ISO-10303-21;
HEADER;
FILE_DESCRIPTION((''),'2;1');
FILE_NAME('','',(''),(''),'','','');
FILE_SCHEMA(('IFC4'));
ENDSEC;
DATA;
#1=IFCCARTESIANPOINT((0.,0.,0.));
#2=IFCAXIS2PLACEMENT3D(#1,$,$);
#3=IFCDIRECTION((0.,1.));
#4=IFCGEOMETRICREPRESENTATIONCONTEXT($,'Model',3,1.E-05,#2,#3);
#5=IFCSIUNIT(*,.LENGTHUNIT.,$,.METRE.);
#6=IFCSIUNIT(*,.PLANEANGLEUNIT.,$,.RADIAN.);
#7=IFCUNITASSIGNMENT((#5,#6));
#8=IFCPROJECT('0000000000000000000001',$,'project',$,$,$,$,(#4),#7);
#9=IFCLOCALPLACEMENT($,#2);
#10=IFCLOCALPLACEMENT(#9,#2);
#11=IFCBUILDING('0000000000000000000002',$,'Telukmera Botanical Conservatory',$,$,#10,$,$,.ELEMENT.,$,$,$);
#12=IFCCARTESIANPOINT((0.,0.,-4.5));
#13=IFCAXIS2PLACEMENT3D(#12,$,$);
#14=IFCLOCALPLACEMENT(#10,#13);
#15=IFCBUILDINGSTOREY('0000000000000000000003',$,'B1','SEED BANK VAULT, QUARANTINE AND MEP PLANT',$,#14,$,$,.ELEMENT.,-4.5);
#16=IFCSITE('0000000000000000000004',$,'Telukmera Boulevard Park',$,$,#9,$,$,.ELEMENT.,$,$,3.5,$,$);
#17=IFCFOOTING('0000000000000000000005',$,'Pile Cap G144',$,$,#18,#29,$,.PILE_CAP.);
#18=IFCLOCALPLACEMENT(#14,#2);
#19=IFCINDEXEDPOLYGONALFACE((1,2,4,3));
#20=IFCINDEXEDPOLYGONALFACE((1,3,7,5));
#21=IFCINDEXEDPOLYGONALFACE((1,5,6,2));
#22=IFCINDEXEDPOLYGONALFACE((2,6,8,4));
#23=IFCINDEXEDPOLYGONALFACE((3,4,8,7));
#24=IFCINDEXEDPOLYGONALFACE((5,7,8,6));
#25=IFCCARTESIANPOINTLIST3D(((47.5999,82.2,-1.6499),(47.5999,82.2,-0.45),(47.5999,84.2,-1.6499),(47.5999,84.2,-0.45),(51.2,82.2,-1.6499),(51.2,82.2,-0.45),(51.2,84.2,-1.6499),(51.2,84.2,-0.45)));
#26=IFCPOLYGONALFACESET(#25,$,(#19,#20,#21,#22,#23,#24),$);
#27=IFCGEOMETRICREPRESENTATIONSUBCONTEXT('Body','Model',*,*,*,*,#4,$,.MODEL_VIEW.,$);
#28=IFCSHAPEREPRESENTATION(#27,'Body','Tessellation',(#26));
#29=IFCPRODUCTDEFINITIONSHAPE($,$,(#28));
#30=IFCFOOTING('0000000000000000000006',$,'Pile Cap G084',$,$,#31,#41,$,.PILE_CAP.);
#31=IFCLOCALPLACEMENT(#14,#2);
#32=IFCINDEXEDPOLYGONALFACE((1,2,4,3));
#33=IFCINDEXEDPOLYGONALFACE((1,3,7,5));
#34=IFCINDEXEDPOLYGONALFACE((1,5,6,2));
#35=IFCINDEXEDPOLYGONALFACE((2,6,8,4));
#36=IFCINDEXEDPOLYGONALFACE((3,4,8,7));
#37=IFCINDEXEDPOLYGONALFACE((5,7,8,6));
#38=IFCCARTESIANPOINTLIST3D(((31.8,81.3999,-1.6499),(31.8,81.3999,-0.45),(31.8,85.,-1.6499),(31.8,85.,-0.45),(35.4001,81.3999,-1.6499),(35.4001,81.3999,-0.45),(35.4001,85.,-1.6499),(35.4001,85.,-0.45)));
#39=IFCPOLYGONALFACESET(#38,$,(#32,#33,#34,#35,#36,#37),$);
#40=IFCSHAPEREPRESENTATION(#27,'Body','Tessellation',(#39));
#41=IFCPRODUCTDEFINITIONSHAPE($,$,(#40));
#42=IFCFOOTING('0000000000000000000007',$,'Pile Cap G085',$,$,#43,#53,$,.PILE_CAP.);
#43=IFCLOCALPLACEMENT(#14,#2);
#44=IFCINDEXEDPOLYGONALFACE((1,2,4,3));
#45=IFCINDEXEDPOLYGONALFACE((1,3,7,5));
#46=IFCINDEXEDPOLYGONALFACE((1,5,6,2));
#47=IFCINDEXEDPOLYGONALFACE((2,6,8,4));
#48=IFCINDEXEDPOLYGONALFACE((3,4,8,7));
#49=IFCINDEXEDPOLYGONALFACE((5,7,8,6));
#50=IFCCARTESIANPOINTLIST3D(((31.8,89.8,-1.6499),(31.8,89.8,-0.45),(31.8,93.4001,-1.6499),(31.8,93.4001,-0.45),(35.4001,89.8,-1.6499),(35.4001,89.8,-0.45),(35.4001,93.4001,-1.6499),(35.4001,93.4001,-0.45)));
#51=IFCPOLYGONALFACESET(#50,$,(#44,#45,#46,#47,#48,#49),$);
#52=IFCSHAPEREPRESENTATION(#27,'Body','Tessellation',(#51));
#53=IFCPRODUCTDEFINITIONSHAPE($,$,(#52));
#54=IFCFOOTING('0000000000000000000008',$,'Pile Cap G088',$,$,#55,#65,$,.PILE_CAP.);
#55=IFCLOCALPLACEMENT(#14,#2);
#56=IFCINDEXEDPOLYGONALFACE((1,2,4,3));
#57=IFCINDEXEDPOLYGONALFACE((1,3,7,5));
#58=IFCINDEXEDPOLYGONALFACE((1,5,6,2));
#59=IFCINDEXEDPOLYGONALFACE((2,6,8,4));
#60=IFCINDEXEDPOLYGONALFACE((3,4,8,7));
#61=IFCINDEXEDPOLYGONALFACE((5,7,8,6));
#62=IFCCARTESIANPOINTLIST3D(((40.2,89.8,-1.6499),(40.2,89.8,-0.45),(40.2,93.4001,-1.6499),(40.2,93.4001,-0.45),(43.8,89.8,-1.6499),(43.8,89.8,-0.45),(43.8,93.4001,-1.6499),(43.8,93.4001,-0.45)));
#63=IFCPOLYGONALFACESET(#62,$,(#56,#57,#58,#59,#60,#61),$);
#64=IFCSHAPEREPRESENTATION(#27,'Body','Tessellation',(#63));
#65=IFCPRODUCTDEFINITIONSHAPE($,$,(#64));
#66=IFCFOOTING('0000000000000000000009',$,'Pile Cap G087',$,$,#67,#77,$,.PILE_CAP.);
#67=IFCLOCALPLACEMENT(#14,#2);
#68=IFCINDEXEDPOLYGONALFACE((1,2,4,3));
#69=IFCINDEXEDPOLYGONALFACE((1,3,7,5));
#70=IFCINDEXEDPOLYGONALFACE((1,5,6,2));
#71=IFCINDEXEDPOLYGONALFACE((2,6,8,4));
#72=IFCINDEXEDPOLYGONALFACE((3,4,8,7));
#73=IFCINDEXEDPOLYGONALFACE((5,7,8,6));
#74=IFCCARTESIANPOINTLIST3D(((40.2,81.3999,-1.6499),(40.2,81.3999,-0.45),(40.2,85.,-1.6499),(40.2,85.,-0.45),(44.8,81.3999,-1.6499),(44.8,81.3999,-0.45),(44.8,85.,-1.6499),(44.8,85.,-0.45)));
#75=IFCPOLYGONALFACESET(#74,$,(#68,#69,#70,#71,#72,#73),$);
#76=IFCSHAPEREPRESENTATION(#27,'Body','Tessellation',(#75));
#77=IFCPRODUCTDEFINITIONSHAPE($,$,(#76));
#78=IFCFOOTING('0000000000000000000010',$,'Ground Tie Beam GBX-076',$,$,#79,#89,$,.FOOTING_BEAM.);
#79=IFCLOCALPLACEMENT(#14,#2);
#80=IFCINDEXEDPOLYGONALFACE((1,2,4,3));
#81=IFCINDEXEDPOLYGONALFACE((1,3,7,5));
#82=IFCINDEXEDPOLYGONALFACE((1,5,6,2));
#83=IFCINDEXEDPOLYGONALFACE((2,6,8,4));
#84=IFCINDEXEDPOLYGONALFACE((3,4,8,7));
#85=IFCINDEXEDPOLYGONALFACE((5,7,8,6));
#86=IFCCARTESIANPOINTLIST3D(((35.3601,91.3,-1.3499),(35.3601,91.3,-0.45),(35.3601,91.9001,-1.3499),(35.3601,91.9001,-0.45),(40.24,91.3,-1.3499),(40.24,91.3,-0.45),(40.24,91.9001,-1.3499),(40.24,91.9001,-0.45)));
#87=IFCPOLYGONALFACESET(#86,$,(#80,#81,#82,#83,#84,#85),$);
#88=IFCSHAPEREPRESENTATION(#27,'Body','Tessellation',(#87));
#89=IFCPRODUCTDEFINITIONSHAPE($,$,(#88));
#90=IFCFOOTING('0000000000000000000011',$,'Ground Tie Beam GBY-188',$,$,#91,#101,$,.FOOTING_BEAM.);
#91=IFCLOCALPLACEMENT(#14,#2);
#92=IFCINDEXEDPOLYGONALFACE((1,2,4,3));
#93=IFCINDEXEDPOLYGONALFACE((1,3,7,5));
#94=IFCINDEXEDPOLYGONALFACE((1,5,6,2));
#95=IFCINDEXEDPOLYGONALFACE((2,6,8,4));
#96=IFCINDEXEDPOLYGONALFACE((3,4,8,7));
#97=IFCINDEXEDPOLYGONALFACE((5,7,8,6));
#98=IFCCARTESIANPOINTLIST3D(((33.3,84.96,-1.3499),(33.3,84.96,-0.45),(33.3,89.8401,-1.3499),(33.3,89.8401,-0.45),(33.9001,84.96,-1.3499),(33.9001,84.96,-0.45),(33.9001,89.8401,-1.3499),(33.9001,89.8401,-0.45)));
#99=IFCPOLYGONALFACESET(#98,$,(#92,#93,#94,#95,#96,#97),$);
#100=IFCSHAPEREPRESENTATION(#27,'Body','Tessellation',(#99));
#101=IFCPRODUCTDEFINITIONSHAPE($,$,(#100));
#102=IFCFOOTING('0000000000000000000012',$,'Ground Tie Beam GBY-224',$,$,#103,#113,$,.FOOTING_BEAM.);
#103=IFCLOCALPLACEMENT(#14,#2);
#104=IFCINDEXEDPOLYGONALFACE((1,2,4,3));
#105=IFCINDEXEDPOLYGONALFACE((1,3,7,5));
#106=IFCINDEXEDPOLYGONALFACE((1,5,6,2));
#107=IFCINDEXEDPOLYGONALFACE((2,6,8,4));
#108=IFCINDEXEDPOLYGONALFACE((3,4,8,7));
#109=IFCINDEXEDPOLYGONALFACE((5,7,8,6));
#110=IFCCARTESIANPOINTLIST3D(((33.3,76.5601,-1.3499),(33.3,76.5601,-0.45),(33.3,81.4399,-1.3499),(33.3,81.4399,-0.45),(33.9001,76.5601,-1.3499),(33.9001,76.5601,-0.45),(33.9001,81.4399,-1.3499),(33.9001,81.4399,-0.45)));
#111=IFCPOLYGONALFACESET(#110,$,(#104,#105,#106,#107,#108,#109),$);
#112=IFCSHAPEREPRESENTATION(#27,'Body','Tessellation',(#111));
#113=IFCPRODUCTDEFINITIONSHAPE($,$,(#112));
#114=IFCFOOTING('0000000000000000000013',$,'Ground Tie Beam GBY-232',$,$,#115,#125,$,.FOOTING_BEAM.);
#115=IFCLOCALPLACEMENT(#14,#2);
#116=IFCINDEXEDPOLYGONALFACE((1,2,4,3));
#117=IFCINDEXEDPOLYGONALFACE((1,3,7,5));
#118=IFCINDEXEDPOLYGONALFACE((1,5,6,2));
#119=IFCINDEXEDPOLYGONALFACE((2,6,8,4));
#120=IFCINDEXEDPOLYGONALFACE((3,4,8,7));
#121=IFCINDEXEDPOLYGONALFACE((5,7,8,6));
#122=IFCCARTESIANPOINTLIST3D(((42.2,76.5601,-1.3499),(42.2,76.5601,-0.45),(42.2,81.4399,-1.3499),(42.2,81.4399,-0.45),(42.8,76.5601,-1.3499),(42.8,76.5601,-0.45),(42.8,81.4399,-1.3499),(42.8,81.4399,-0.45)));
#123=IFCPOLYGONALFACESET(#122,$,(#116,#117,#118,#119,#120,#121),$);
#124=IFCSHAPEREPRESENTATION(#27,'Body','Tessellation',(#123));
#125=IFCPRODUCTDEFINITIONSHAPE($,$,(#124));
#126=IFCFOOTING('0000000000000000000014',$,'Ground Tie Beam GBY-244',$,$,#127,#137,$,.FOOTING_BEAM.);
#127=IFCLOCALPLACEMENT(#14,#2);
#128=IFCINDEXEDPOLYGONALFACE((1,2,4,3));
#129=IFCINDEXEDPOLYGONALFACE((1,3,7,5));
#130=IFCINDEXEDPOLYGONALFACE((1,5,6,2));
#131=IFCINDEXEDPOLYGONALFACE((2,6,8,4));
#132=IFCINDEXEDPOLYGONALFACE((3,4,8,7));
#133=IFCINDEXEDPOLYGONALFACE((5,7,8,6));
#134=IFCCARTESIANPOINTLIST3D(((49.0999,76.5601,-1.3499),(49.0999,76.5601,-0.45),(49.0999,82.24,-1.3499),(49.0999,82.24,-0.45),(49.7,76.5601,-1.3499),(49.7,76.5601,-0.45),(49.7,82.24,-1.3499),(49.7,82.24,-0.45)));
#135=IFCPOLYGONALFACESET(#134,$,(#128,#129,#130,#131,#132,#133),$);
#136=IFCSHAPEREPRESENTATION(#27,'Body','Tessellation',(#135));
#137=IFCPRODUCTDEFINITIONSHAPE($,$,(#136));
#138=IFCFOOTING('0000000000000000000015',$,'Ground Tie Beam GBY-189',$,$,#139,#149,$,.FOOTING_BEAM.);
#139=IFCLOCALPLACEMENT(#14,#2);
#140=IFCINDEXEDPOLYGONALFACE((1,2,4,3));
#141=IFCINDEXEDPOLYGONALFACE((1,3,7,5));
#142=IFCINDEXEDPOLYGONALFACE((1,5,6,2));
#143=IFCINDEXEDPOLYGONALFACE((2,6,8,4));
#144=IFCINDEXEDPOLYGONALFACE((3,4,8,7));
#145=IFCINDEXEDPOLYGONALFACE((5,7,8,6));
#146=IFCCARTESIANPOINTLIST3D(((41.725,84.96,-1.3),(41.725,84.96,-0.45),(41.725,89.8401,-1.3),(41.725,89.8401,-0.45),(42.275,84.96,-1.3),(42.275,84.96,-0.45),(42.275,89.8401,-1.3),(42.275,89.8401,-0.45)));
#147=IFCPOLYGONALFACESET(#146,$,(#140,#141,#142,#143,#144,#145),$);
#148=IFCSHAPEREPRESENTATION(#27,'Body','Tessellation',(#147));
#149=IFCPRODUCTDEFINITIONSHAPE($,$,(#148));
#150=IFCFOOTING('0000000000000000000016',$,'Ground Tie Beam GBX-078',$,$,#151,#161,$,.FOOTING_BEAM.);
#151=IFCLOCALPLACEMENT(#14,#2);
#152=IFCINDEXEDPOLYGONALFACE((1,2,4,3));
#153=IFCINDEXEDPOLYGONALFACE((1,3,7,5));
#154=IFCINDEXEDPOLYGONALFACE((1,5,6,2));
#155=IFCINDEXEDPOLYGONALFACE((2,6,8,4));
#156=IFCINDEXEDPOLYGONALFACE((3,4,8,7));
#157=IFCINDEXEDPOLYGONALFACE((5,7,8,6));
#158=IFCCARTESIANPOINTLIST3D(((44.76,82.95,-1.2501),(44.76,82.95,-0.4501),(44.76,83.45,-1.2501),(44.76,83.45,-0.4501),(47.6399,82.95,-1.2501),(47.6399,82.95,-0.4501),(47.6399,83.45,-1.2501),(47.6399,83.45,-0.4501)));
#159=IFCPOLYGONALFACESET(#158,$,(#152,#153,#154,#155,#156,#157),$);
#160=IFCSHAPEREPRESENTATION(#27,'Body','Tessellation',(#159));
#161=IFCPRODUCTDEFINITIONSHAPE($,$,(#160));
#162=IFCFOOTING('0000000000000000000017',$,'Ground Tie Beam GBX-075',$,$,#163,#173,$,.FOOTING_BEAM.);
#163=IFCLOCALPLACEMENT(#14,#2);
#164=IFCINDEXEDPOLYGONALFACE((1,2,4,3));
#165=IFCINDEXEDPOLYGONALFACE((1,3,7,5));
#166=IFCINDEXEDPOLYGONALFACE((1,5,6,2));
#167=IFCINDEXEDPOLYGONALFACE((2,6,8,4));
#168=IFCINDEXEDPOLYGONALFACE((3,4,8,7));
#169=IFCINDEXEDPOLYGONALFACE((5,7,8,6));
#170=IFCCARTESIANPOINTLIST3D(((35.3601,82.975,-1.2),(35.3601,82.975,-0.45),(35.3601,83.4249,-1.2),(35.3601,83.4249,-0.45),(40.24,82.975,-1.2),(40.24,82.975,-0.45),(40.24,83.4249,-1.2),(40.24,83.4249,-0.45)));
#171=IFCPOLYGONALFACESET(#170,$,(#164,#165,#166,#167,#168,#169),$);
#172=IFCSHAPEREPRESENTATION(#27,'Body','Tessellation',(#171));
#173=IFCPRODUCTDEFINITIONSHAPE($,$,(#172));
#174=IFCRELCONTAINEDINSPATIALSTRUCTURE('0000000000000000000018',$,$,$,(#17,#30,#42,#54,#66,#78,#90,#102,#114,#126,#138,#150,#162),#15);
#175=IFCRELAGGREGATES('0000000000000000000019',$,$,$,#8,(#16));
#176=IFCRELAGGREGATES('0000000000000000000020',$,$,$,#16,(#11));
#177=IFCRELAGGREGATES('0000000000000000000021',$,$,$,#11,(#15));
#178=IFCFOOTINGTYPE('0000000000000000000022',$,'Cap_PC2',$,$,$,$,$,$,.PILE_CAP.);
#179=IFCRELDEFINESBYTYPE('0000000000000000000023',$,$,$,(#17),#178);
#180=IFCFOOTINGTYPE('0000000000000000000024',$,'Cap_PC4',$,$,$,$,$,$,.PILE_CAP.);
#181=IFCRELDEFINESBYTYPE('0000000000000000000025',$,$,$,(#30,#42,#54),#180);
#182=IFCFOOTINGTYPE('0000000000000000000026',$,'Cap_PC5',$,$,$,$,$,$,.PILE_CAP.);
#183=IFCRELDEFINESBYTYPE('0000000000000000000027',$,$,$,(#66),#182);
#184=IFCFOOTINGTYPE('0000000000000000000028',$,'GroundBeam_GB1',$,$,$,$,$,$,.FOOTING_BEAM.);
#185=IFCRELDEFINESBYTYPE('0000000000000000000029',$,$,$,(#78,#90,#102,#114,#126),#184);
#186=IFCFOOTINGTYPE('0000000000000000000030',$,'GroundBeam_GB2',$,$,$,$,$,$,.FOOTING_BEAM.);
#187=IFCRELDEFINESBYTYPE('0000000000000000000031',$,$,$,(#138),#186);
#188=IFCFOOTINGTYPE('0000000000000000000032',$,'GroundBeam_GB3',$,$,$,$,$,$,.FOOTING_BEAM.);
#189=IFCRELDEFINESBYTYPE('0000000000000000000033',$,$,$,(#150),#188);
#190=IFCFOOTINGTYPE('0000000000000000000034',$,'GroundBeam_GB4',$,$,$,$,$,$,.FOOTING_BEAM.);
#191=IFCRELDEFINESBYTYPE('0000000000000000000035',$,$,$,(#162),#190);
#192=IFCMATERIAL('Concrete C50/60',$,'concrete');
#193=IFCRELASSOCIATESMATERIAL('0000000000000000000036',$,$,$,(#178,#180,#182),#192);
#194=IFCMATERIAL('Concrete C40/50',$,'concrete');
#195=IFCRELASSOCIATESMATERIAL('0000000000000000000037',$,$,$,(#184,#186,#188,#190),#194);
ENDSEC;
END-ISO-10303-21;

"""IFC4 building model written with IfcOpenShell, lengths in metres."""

from ifc_helpers import new_model, si_unit, direction, frame, origin, origin_2d, place, context, subcontext, project, spatial, rectangle, extrude, material, material_profile, profile_set, type_object, element, save


model = new_model("IFC4")

# Units and contexts
model_context = context("Model", 3, precision=1e-05, world=origin(), true_north=direction((0.0, 1.0)))
body_context = subcontext(model_context, "Body", "Model", "MODEL_VIEW")
ifc_project = project(units=[si_unit("LENGTHUNIT", "METRE"), si_unit("PLANEANGLEUNIT", "RADIAN")], contexts=[model_context])

# Site, building, storey
site_placement = place(None, origin())
site = spatial("IfcSite", under=ifc_project, at=site_placement, Name="Telukmera Boulevard Park", CompositionType="ELEMENT", RefElevation=3.5)
building_placement = place(site_placement, origin())
building = spatial("IfcBuilding", under=site, at=building_placement, Name="Telukmera Botanical Conservatory", CompositionType="ELEMENT")
storey_placement = place(building_placement, frame((0.0, 0.0, -4.5)))
storey = spatial("IfcBuildingStorey", under=building, at=storey_placement, Name="B1", Description="SEED BANK VAULT, QUARANTINE AND MEP PLANT", CompositionType="ELEMENT", Elevation=-4.5)

# Footings
ifc_material_1 = material(Name="Concrete C50/60", Category="concrete")
footing_type_1 = type_object("IfcFootingType", Name="Cap_PC2", PredefinedType="PILE_CAP", material=ifc_material_1)
footing_1_placement = place(storey_placement, frame((49.3999, 83.2, -1.6499), z_axis=(0.0, 0.0, 1.0), x_axis=(1.0, 0.0, 0.0)))
element("IfcFooting", 1, at=footing_1_placement, inside=storey, type_object=footing_type_1, Name="Pile Cap G144", PredefinedType="PILE_CAP", context=body_context, shape_type="SweptSolid", body=[
    extrude(rectangle(XDim=3.6001, YDim=2.0, at=origin_2d()), origin(), (0.0, 0.0, 1.0), 1.2),
])
footing_type_2 = type_object("IfcFootingType", Name="Cap_PC4", PredefinedType="PILE_CAP", material=ifc_material_1)
for number, where, z_axis, x_axis, name in (
    (2, (33.6001, 83.2, -1.6499), (0.0, 0.0, 1.0), (1.0, 0.0, 0.0), "Pile Cap G084"),
    (3, (33.6001, 91.6001, -1.6499), (0.0, 0.0, 1.0), (1.0, 0.0, 0.0), "Pile Cap G085"),
    (4, (42.0, 91.6001, -1.6499), (0.0, 0.0, 1.0), (1.0, 0.0, 0.0), "Pile Cap G088"),
):
    element("IfcFooting", number, at=place(storey_placement, frame(where, z_axis=z_axis, x_axis=x_axis)), inside=storey, type_object=footing_type_2, Name=name, PredefinedType="PILE_CAP", context=body_context, shape_type="SweptSolid", body=[
        extrude(rectangle(XDim=3.6001, YDim=3.6001, at=origin_2d()), origin(), (0.0, 0.0, 1.0), 1.2),
    ])
footing_type_3 = type_object("IfcFootingType", Name="Cap_PC5", PredefinedType="PILE_CAP", material=ifc_material_1)
footing_2_placement = place(storey_placement, frame((42.5, 83.2, -1.6499), z_axis=(0.0, 0.0, 1.0), x_axis=(1.0, 0.0, 0.0)))
element("IfcFooting", 5, at=footing_2_placement, inside=storey, type_object=footing_type_3, Name="Pile Cap G087", PredefinedType="PILE_CAP", context=body_context, shape_type="SweptSolid", body=[
    extrude(rectangle(XDim=4.6001, YDim=3.6001, at=origin_2d()), origin(), (0.0, 0.0, 1.0), 1.2),
])
ifc_material_2 = material(Name="Concrete C40/50", Category="concrete")
ifc_material_profile_1 = material_profile(ifc_material_2, rectangle(XDim=0.6001, YDim=0.8999, at=origin_2d()), Name="RC 600x900")
ifc_profile_set_1 = profile_set([ifc_material_profile_1], Name="Concrete C40/50")
footing_type_4 = type_object("IfcFootingType", Name="GroundBeam_GB1", PredefinedType="FOOTING_BEAM", material=ifc_profile_set_1)
footing_3_placement = place(storey_placement, frame((35.3601, 91.6001, -0.8999), z_axis=(1.0, 0.0, 0.0), x_axis=(0.0, 1.0, 0.0)))
element("IfcFooting", 6, at=footing_3_placement, inside=storey, type_object=footing_type_4, Name="Ground Tie Beam GBX-076", PredefinedType="FOOTING_BEAM", context=body_context, shape_type="SweptSolid", body=[
    extrude(rectangle(XDim=0.6001, YDim=0.8999, at=origin_2d()), origin(), (0.0, 0.0, 1.0), 4.8799),
])
footing_4_placement = place(storey_placement, frame((33.6001, 84.96, -0.8999), z_axis=(0.0, 1.0, 0.0), x_axis=(-1.0, 0.0, 0.0)))
element("IfcFooting", 7, at=footing_4_placement, inside=storey, type_object=footing_type_4, Name="Ground Tie Beam GBY-188", PredefinedType="FOOTING_BEAM", context=body_context, shape_type="SweptSolid", body=[
    extrude(rectangle(XDim=0.6001, YDim=0.8999, at=origin_2d()), origin(), (0.0, 0.0, 1.0), 4.8801),
])
for number, where, z_axis, x_axis, name in (
    (8, (33.6001, 76.5601, -0.8999), (0.0, 1.0, 0.0), (-1.0, 0.0, 0.0), "Ground Tie Beam GBY-224"),
    (9, (42.5, 76.5601, -0.8999), (0.0, 1.0, 0.0), (-1.0, 0.0, 0.0), "Ground Tie Beam GBY-232"),
):
    element("IfcFooting", number, at=place(storey_placement, frame(where, z_axis=z_axis, x_axis=x_axis)), inside=storey, type_object=footing_type_4, Name=name, PredefinedType="FOOTING_BEAM", context=body_context, shape_type="SweptSolid", body=[
        extrude(rectangle(XDim=0.6001, YDim=0.8999, at=origin_2d()), origin(), (0.0, 0.0, 1.0), 4.8799),
    ])
footing_5_placement = place(storey_placement, frame((49.3999, 76.5601, -0.8999), z_axis=(0.0, 1.0, 0.0), x_axis=(-1.0, 0.0, 0.0)))
element("IfcFooting", 10, at=footing_5_placement, inside=storey, type_object=footing_type_4, Name="Ground Tie Beam GBY-244", PredefinedType="FOOTING_BEAM", context=body_context, shape_type="SweptSolid", body=[
    extrude(rectangle(XDim=0.6001, YDim=0.8999, at=origin_2d()), origin(), (0.0, 0.0, 1.0), 5.6799),
])
ifc_material_profile_2 = material_profile(ifc_material_2, rectangle(XDim=0.55, YDim=0.8501, at=origin_2d()), Name="RC 550x850")
ifc_profile_set_2 = profile_set([ifc_material_profile_2], Name="Concrete C40/50")
footing_type_5 = type_object("IfcFootingType", Name="GroundBeam_GB2", PredefinedType="FOOTING_BEAM", material=ifc_profile_set_2)
footing_6_placement = place(storey_placement, frame((42.0, 84.96, -0.875), z_axis=(0.0, 1.0, 0.0), x_axis=(-1.0, 0.0, 0.0)))
element("IfcFooting", 11, at=footing_6_placement, inside=storey, type_object=footing_type_5, Name="Ground Tie Beam GBY-189", PredefinedType="FOOTING_BEAM", context=body_context, shape_type="SweptSolid", body=[
    extrude(rectangle(XDim=0.55, YDim=0.8501, at=origin_2d()), origin(), (0.0, 0.0, 1.0), 4.8801),
])
ifc_material_profile_3 = material_profile(ifc_material_2, rectangle(XDim=0.5, YDim=0.8, at=origin_2d()), Name="RC 500x800")
ifc_profile_set_3 = profile_set([ifc_material_profile_3], Name="Concrete C40/50")
footing_type_6 = type_object("IfcFootingType", Name="GroundBeam_GB3", PredefinedType="FOOTING_BEAM", material=ifc_profile_set_3)
footing_7_placement = place(storey_placement, frame((44.76, 83.2, -0.8501), z_axis=(1.0, 0.0, 0.0), x_axis=(0.0, 1.0, 0.0)))
element("IfcFooting", 12, at=footing_7_placement, inside=storey, type_object=footing_type_6, Name="Ground Tie Beam GBX-078", PredefinedType="FOOTING_BEAM", context=body_context, shape_type="SweptSolid", body=[
    extrude(rectangle(XDim=0.5, YDim=0.8, at=origin_2d()), origin(), (0.0, 0.0, 1.0), 2.8799),
])
ifc_material_profile_4 = material_profile(ifc_material_2, rectangle(XDim=0.45, YDim=0.75, at=origin_2d()), Name="RC 450x750")
ifc_profile_set_4 = profile_set([ifc_material_profile_4], Name="Concrete C40/50")
footing_type_7 = type_object("IfcFootingType", Name="GroundBeam_GB4", PredefinedType="FOOTING_BEAM", material=ifc_profile_set_4)
footing_8_placement = place(storey_placement, frame((35.3601, 83.2, -0.825), z_axis=(1.0, 0.0, 0.0), x_axis=(0.0, 1.0, 0.0)))
element("IfcFooting", 13, at=footing_8_placement, inside=storey, type_object=footing_type_7, Name="Ground Tie Beam GBX-075", PredefinedType="FOOTING_BEAM", context=body_context, shape_type="SweptSolid", body=[
    extrude(rectangle(XDim=0.45, YDim=0.75, at=origin_2d()), origin(), (0.0, 0.0, 1.0), 4.8799),
])

save(model, "model.ifc")
